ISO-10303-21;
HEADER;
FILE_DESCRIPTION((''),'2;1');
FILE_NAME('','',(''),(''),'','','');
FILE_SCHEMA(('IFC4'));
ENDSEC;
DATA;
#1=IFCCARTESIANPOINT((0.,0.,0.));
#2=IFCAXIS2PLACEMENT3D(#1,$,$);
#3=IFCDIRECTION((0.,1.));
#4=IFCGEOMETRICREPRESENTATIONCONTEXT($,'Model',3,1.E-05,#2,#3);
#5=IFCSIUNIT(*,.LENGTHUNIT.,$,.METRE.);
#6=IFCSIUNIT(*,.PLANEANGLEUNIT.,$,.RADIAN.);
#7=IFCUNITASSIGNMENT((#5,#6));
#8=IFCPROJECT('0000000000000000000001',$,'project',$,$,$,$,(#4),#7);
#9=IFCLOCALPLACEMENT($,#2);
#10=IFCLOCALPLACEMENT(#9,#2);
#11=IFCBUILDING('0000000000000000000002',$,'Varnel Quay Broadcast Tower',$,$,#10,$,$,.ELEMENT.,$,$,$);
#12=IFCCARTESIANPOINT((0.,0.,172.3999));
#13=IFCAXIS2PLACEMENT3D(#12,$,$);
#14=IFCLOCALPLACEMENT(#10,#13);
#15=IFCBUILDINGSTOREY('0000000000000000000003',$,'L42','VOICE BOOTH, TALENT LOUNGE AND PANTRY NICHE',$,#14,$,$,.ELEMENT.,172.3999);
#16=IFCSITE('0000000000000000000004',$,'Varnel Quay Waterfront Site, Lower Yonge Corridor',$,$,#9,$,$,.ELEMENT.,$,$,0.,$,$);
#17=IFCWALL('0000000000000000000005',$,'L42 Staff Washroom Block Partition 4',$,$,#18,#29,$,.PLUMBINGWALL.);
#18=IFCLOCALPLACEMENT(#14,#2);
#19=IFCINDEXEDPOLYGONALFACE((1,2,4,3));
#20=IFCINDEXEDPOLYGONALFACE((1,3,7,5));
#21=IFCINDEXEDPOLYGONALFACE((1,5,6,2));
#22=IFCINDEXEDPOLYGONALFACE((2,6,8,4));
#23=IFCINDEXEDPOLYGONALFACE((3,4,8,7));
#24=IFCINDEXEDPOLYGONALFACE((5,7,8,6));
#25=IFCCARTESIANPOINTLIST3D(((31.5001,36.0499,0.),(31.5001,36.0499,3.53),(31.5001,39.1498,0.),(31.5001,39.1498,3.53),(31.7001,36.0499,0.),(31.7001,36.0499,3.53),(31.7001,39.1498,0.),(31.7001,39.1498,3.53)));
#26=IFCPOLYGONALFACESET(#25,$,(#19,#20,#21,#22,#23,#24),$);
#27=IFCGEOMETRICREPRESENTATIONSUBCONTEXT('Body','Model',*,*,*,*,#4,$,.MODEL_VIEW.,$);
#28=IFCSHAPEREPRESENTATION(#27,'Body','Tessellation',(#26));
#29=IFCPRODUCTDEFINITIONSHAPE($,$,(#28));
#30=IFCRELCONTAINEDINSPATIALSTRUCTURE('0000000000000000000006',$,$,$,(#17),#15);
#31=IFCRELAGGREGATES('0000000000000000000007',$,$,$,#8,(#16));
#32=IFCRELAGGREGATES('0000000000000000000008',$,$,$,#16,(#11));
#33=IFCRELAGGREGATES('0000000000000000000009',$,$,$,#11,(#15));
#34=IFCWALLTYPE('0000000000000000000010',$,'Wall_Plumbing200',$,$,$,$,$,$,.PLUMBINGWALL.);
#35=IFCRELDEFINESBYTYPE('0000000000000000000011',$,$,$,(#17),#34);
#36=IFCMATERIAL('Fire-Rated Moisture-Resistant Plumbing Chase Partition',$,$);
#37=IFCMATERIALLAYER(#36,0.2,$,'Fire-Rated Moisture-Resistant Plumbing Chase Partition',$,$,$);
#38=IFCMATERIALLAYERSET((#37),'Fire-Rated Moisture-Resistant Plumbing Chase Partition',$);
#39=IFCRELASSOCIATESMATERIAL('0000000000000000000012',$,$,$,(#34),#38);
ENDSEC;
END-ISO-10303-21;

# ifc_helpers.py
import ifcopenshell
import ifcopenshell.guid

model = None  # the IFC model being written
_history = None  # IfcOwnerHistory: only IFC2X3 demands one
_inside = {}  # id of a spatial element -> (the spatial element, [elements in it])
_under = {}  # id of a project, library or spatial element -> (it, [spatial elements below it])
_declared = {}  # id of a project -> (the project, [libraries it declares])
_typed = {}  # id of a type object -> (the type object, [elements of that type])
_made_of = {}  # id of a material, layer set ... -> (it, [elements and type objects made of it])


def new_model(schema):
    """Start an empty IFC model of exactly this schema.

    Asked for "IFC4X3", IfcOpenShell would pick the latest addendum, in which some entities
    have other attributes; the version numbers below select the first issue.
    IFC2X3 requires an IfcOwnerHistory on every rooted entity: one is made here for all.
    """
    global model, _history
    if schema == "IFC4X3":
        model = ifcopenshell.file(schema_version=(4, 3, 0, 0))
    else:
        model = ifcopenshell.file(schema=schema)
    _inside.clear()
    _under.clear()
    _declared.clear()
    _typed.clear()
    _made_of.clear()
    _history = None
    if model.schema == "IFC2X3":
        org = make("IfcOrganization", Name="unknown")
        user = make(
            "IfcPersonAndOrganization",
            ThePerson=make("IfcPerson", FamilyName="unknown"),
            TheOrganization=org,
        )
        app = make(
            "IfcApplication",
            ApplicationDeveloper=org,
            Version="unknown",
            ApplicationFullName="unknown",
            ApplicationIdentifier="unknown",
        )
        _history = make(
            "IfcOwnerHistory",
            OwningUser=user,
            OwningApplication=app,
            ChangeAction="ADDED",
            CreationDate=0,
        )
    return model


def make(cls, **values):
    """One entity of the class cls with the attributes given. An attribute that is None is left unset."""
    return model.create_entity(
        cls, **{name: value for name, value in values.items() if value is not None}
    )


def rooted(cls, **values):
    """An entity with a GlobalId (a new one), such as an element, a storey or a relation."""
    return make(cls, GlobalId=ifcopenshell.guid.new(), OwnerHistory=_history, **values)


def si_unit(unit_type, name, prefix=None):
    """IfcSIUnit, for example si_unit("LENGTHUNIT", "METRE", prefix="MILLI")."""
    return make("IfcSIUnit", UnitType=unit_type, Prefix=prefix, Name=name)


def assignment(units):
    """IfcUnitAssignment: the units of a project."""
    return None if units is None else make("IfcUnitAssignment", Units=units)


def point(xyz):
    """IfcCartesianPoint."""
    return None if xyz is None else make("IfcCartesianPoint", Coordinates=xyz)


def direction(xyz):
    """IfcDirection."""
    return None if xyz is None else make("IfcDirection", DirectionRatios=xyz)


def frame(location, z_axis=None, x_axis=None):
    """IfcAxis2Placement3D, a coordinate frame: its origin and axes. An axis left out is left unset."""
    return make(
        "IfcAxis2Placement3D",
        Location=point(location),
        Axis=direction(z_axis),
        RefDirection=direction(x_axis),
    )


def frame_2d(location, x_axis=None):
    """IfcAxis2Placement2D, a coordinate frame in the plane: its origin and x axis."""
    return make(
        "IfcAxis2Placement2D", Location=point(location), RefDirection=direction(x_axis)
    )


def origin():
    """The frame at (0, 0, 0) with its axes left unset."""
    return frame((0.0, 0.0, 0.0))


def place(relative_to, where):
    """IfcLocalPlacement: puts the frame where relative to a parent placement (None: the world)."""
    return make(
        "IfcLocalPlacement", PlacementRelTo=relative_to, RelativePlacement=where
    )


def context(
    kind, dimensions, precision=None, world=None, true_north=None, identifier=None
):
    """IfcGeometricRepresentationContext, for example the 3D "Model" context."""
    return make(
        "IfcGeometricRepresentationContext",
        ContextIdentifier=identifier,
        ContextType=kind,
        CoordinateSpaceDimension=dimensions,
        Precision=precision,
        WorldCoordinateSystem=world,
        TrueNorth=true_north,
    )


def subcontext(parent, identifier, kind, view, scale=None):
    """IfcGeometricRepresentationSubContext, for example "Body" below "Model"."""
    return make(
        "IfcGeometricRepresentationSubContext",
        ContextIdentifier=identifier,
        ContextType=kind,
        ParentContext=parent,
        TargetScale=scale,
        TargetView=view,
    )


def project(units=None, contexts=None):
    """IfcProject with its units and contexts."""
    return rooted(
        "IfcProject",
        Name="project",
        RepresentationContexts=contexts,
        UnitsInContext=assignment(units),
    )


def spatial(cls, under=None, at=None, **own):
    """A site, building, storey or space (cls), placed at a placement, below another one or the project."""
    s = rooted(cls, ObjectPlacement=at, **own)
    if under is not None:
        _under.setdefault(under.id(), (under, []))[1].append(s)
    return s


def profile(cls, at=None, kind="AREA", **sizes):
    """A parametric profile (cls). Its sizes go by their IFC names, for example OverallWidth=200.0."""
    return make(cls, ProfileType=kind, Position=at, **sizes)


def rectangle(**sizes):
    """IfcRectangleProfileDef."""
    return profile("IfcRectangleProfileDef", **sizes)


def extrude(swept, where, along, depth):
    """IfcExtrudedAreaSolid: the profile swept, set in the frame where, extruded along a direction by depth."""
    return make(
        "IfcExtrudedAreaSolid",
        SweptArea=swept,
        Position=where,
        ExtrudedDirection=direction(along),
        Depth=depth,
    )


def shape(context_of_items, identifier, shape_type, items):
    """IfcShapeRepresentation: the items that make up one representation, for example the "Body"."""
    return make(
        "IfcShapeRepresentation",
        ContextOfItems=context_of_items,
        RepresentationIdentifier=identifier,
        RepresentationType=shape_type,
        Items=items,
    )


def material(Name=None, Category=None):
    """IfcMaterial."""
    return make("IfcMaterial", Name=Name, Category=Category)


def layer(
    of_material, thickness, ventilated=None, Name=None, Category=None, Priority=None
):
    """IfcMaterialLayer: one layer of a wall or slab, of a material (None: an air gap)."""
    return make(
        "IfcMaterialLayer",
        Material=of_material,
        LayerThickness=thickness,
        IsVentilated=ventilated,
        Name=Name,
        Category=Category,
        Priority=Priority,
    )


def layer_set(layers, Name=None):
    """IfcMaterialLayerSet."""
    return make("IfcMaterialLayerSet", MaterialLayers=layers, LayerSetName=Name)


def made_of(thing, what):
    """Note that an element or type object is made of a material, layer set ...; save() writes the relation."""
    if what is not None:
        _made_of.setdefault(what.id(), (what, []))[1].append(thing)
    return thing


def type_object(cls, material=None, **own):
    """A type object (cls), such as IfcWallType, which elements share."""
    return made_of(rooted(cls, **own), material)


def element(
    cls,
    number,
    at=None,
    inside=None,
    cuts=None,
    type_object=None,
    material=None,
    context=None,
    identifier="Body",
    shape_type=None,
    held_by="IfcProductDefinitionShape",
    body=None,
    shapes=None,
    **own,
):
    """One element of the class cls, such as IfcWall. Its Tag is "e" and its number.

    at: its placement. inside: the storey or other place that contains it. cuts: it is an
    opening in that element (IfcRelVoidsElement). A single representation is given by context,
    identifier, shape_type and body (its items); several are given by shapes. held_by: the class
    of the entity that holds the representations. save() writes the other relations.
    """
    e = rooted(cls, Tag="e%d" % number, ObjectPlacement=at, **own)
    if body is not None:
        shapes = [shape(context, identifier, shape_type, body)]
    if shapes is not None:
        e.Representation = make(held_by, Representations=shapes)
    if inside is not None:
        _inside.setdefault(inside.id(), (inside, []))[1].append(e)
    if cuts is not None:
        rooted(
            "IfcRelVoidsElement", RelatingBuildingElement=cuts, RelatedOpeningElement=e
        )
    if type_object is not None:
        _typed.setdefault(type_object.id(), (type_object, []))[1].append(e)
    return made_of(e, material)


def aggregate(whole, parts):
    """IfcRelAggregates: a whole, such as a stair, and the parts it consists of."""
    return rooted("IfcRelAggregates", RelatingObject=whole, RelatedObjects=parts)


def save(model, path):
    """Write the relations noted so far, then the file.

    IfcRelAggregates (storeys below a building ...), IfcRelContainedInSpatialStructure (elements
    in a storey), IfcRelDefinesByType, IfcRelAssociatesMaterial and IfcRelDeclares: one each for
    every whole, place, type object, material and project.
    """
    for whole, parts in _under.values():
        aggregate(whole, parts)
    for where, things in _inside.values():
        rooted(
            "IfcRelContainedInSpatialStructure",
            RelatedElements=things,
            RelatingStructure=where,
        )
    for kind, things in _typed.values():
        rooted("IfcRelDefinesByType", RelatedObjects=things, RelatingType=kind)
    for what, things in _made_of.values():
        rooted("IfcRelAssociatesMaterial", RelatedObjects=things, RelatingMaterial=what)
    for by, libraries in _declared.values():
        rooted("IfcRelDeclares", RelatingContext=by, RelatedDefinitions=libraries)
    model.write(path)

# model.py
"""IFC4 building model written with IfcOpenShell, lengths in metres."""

from ifc_helpers import new_model, si_unit, direction, frame, frame_2d, origin, place, context, subcontext, project, spatial, rectangle, extrude, material, layer, layer_set, type_object, element, save


model = new_model("IFC4")

# Units and contexts
model_context = context("Model", 3, precision=1e-05, world=origin(), true_north=direction((0.0, 1.0)))
body_context = subcontext(model_context, "Body", "Model", "MODEL_VIEW")
ifc_project = project(units=[si_unit("LENGTHUNIT", "METRE"), si_unit("PLANEANGLEUNIT", "RADIAN")], contexts=[model_context])

# Site, building, storey
site_placement = place(None, origin())
site = spatial("IfcSite", under=ifc_project, at=site_placement, Name="Varnel Quay Waterfront Site, Lower Yonge Corridor", CompositionType="ELEMENT", RefElevation=0.0)
building_placement = place(site_placement, origin())
building = spatial("IfcBuilding", under=site, at=building_placement, Name="Varnel Quay Broadcast Tower", CompositionType="ELEMENT")
storey_placement = place(building_placement, frame((0.0, 0.0, 172.3999)))
storey = spatial("IfcBuildingStorey", under=building, at=storey_placement, Name="L42", Description="VOICE BOOTH, TALENT LOUNGE AND PANTRY NICHE", CompositionType="ELEMENT", Elevation=172.3999)

# Wall
ifc_material_1 = material(Name="Fire-Rated Moisture-Resistant Plumbing Chase Partition")
ifc_layer_1 = layer(ifc_material_1, 0.2, Name="Fire-Rated Moisture-Resistant Plumbing Chase Partition")
ifc_layer_set_1 = layer_set([ifc_layer_1], Name="Fire-Rated Moisture-Resistant Plumbing Chase Partition")
wall_type_1 = type_object("IfcWallType", Name="Wall_Plumbing200", PredefinedType="PLUMBINGWALL", material=ifc_layer_set_1)
for number, where, z_axis, x_axis, name in (
    (1, (31.6001, 36.05, 0.0), (0.0, 0.0, 1.0), (0.0, 1.0, 0.0), "L42 Staff Washroom Block Partition 4"),
):
    element("IfcWall", number, at=place(storey_placement, frame(where, z_axis=z_axis, x_axis=x_axis)), inside=storey, type_object=wall_type_1, Name=name, PredefinedType="PLUMBINGWALL", context=body_context, shape_type="SweptSolid", body=[
        extrude(rectangle(XDim=3.0999, YDim=0.2, at=frame_2d((1.5498, 0.0))), origin(), (0.0, 0.0, 1.0), 3.53),
    ])

save(model, "model.ifc")
